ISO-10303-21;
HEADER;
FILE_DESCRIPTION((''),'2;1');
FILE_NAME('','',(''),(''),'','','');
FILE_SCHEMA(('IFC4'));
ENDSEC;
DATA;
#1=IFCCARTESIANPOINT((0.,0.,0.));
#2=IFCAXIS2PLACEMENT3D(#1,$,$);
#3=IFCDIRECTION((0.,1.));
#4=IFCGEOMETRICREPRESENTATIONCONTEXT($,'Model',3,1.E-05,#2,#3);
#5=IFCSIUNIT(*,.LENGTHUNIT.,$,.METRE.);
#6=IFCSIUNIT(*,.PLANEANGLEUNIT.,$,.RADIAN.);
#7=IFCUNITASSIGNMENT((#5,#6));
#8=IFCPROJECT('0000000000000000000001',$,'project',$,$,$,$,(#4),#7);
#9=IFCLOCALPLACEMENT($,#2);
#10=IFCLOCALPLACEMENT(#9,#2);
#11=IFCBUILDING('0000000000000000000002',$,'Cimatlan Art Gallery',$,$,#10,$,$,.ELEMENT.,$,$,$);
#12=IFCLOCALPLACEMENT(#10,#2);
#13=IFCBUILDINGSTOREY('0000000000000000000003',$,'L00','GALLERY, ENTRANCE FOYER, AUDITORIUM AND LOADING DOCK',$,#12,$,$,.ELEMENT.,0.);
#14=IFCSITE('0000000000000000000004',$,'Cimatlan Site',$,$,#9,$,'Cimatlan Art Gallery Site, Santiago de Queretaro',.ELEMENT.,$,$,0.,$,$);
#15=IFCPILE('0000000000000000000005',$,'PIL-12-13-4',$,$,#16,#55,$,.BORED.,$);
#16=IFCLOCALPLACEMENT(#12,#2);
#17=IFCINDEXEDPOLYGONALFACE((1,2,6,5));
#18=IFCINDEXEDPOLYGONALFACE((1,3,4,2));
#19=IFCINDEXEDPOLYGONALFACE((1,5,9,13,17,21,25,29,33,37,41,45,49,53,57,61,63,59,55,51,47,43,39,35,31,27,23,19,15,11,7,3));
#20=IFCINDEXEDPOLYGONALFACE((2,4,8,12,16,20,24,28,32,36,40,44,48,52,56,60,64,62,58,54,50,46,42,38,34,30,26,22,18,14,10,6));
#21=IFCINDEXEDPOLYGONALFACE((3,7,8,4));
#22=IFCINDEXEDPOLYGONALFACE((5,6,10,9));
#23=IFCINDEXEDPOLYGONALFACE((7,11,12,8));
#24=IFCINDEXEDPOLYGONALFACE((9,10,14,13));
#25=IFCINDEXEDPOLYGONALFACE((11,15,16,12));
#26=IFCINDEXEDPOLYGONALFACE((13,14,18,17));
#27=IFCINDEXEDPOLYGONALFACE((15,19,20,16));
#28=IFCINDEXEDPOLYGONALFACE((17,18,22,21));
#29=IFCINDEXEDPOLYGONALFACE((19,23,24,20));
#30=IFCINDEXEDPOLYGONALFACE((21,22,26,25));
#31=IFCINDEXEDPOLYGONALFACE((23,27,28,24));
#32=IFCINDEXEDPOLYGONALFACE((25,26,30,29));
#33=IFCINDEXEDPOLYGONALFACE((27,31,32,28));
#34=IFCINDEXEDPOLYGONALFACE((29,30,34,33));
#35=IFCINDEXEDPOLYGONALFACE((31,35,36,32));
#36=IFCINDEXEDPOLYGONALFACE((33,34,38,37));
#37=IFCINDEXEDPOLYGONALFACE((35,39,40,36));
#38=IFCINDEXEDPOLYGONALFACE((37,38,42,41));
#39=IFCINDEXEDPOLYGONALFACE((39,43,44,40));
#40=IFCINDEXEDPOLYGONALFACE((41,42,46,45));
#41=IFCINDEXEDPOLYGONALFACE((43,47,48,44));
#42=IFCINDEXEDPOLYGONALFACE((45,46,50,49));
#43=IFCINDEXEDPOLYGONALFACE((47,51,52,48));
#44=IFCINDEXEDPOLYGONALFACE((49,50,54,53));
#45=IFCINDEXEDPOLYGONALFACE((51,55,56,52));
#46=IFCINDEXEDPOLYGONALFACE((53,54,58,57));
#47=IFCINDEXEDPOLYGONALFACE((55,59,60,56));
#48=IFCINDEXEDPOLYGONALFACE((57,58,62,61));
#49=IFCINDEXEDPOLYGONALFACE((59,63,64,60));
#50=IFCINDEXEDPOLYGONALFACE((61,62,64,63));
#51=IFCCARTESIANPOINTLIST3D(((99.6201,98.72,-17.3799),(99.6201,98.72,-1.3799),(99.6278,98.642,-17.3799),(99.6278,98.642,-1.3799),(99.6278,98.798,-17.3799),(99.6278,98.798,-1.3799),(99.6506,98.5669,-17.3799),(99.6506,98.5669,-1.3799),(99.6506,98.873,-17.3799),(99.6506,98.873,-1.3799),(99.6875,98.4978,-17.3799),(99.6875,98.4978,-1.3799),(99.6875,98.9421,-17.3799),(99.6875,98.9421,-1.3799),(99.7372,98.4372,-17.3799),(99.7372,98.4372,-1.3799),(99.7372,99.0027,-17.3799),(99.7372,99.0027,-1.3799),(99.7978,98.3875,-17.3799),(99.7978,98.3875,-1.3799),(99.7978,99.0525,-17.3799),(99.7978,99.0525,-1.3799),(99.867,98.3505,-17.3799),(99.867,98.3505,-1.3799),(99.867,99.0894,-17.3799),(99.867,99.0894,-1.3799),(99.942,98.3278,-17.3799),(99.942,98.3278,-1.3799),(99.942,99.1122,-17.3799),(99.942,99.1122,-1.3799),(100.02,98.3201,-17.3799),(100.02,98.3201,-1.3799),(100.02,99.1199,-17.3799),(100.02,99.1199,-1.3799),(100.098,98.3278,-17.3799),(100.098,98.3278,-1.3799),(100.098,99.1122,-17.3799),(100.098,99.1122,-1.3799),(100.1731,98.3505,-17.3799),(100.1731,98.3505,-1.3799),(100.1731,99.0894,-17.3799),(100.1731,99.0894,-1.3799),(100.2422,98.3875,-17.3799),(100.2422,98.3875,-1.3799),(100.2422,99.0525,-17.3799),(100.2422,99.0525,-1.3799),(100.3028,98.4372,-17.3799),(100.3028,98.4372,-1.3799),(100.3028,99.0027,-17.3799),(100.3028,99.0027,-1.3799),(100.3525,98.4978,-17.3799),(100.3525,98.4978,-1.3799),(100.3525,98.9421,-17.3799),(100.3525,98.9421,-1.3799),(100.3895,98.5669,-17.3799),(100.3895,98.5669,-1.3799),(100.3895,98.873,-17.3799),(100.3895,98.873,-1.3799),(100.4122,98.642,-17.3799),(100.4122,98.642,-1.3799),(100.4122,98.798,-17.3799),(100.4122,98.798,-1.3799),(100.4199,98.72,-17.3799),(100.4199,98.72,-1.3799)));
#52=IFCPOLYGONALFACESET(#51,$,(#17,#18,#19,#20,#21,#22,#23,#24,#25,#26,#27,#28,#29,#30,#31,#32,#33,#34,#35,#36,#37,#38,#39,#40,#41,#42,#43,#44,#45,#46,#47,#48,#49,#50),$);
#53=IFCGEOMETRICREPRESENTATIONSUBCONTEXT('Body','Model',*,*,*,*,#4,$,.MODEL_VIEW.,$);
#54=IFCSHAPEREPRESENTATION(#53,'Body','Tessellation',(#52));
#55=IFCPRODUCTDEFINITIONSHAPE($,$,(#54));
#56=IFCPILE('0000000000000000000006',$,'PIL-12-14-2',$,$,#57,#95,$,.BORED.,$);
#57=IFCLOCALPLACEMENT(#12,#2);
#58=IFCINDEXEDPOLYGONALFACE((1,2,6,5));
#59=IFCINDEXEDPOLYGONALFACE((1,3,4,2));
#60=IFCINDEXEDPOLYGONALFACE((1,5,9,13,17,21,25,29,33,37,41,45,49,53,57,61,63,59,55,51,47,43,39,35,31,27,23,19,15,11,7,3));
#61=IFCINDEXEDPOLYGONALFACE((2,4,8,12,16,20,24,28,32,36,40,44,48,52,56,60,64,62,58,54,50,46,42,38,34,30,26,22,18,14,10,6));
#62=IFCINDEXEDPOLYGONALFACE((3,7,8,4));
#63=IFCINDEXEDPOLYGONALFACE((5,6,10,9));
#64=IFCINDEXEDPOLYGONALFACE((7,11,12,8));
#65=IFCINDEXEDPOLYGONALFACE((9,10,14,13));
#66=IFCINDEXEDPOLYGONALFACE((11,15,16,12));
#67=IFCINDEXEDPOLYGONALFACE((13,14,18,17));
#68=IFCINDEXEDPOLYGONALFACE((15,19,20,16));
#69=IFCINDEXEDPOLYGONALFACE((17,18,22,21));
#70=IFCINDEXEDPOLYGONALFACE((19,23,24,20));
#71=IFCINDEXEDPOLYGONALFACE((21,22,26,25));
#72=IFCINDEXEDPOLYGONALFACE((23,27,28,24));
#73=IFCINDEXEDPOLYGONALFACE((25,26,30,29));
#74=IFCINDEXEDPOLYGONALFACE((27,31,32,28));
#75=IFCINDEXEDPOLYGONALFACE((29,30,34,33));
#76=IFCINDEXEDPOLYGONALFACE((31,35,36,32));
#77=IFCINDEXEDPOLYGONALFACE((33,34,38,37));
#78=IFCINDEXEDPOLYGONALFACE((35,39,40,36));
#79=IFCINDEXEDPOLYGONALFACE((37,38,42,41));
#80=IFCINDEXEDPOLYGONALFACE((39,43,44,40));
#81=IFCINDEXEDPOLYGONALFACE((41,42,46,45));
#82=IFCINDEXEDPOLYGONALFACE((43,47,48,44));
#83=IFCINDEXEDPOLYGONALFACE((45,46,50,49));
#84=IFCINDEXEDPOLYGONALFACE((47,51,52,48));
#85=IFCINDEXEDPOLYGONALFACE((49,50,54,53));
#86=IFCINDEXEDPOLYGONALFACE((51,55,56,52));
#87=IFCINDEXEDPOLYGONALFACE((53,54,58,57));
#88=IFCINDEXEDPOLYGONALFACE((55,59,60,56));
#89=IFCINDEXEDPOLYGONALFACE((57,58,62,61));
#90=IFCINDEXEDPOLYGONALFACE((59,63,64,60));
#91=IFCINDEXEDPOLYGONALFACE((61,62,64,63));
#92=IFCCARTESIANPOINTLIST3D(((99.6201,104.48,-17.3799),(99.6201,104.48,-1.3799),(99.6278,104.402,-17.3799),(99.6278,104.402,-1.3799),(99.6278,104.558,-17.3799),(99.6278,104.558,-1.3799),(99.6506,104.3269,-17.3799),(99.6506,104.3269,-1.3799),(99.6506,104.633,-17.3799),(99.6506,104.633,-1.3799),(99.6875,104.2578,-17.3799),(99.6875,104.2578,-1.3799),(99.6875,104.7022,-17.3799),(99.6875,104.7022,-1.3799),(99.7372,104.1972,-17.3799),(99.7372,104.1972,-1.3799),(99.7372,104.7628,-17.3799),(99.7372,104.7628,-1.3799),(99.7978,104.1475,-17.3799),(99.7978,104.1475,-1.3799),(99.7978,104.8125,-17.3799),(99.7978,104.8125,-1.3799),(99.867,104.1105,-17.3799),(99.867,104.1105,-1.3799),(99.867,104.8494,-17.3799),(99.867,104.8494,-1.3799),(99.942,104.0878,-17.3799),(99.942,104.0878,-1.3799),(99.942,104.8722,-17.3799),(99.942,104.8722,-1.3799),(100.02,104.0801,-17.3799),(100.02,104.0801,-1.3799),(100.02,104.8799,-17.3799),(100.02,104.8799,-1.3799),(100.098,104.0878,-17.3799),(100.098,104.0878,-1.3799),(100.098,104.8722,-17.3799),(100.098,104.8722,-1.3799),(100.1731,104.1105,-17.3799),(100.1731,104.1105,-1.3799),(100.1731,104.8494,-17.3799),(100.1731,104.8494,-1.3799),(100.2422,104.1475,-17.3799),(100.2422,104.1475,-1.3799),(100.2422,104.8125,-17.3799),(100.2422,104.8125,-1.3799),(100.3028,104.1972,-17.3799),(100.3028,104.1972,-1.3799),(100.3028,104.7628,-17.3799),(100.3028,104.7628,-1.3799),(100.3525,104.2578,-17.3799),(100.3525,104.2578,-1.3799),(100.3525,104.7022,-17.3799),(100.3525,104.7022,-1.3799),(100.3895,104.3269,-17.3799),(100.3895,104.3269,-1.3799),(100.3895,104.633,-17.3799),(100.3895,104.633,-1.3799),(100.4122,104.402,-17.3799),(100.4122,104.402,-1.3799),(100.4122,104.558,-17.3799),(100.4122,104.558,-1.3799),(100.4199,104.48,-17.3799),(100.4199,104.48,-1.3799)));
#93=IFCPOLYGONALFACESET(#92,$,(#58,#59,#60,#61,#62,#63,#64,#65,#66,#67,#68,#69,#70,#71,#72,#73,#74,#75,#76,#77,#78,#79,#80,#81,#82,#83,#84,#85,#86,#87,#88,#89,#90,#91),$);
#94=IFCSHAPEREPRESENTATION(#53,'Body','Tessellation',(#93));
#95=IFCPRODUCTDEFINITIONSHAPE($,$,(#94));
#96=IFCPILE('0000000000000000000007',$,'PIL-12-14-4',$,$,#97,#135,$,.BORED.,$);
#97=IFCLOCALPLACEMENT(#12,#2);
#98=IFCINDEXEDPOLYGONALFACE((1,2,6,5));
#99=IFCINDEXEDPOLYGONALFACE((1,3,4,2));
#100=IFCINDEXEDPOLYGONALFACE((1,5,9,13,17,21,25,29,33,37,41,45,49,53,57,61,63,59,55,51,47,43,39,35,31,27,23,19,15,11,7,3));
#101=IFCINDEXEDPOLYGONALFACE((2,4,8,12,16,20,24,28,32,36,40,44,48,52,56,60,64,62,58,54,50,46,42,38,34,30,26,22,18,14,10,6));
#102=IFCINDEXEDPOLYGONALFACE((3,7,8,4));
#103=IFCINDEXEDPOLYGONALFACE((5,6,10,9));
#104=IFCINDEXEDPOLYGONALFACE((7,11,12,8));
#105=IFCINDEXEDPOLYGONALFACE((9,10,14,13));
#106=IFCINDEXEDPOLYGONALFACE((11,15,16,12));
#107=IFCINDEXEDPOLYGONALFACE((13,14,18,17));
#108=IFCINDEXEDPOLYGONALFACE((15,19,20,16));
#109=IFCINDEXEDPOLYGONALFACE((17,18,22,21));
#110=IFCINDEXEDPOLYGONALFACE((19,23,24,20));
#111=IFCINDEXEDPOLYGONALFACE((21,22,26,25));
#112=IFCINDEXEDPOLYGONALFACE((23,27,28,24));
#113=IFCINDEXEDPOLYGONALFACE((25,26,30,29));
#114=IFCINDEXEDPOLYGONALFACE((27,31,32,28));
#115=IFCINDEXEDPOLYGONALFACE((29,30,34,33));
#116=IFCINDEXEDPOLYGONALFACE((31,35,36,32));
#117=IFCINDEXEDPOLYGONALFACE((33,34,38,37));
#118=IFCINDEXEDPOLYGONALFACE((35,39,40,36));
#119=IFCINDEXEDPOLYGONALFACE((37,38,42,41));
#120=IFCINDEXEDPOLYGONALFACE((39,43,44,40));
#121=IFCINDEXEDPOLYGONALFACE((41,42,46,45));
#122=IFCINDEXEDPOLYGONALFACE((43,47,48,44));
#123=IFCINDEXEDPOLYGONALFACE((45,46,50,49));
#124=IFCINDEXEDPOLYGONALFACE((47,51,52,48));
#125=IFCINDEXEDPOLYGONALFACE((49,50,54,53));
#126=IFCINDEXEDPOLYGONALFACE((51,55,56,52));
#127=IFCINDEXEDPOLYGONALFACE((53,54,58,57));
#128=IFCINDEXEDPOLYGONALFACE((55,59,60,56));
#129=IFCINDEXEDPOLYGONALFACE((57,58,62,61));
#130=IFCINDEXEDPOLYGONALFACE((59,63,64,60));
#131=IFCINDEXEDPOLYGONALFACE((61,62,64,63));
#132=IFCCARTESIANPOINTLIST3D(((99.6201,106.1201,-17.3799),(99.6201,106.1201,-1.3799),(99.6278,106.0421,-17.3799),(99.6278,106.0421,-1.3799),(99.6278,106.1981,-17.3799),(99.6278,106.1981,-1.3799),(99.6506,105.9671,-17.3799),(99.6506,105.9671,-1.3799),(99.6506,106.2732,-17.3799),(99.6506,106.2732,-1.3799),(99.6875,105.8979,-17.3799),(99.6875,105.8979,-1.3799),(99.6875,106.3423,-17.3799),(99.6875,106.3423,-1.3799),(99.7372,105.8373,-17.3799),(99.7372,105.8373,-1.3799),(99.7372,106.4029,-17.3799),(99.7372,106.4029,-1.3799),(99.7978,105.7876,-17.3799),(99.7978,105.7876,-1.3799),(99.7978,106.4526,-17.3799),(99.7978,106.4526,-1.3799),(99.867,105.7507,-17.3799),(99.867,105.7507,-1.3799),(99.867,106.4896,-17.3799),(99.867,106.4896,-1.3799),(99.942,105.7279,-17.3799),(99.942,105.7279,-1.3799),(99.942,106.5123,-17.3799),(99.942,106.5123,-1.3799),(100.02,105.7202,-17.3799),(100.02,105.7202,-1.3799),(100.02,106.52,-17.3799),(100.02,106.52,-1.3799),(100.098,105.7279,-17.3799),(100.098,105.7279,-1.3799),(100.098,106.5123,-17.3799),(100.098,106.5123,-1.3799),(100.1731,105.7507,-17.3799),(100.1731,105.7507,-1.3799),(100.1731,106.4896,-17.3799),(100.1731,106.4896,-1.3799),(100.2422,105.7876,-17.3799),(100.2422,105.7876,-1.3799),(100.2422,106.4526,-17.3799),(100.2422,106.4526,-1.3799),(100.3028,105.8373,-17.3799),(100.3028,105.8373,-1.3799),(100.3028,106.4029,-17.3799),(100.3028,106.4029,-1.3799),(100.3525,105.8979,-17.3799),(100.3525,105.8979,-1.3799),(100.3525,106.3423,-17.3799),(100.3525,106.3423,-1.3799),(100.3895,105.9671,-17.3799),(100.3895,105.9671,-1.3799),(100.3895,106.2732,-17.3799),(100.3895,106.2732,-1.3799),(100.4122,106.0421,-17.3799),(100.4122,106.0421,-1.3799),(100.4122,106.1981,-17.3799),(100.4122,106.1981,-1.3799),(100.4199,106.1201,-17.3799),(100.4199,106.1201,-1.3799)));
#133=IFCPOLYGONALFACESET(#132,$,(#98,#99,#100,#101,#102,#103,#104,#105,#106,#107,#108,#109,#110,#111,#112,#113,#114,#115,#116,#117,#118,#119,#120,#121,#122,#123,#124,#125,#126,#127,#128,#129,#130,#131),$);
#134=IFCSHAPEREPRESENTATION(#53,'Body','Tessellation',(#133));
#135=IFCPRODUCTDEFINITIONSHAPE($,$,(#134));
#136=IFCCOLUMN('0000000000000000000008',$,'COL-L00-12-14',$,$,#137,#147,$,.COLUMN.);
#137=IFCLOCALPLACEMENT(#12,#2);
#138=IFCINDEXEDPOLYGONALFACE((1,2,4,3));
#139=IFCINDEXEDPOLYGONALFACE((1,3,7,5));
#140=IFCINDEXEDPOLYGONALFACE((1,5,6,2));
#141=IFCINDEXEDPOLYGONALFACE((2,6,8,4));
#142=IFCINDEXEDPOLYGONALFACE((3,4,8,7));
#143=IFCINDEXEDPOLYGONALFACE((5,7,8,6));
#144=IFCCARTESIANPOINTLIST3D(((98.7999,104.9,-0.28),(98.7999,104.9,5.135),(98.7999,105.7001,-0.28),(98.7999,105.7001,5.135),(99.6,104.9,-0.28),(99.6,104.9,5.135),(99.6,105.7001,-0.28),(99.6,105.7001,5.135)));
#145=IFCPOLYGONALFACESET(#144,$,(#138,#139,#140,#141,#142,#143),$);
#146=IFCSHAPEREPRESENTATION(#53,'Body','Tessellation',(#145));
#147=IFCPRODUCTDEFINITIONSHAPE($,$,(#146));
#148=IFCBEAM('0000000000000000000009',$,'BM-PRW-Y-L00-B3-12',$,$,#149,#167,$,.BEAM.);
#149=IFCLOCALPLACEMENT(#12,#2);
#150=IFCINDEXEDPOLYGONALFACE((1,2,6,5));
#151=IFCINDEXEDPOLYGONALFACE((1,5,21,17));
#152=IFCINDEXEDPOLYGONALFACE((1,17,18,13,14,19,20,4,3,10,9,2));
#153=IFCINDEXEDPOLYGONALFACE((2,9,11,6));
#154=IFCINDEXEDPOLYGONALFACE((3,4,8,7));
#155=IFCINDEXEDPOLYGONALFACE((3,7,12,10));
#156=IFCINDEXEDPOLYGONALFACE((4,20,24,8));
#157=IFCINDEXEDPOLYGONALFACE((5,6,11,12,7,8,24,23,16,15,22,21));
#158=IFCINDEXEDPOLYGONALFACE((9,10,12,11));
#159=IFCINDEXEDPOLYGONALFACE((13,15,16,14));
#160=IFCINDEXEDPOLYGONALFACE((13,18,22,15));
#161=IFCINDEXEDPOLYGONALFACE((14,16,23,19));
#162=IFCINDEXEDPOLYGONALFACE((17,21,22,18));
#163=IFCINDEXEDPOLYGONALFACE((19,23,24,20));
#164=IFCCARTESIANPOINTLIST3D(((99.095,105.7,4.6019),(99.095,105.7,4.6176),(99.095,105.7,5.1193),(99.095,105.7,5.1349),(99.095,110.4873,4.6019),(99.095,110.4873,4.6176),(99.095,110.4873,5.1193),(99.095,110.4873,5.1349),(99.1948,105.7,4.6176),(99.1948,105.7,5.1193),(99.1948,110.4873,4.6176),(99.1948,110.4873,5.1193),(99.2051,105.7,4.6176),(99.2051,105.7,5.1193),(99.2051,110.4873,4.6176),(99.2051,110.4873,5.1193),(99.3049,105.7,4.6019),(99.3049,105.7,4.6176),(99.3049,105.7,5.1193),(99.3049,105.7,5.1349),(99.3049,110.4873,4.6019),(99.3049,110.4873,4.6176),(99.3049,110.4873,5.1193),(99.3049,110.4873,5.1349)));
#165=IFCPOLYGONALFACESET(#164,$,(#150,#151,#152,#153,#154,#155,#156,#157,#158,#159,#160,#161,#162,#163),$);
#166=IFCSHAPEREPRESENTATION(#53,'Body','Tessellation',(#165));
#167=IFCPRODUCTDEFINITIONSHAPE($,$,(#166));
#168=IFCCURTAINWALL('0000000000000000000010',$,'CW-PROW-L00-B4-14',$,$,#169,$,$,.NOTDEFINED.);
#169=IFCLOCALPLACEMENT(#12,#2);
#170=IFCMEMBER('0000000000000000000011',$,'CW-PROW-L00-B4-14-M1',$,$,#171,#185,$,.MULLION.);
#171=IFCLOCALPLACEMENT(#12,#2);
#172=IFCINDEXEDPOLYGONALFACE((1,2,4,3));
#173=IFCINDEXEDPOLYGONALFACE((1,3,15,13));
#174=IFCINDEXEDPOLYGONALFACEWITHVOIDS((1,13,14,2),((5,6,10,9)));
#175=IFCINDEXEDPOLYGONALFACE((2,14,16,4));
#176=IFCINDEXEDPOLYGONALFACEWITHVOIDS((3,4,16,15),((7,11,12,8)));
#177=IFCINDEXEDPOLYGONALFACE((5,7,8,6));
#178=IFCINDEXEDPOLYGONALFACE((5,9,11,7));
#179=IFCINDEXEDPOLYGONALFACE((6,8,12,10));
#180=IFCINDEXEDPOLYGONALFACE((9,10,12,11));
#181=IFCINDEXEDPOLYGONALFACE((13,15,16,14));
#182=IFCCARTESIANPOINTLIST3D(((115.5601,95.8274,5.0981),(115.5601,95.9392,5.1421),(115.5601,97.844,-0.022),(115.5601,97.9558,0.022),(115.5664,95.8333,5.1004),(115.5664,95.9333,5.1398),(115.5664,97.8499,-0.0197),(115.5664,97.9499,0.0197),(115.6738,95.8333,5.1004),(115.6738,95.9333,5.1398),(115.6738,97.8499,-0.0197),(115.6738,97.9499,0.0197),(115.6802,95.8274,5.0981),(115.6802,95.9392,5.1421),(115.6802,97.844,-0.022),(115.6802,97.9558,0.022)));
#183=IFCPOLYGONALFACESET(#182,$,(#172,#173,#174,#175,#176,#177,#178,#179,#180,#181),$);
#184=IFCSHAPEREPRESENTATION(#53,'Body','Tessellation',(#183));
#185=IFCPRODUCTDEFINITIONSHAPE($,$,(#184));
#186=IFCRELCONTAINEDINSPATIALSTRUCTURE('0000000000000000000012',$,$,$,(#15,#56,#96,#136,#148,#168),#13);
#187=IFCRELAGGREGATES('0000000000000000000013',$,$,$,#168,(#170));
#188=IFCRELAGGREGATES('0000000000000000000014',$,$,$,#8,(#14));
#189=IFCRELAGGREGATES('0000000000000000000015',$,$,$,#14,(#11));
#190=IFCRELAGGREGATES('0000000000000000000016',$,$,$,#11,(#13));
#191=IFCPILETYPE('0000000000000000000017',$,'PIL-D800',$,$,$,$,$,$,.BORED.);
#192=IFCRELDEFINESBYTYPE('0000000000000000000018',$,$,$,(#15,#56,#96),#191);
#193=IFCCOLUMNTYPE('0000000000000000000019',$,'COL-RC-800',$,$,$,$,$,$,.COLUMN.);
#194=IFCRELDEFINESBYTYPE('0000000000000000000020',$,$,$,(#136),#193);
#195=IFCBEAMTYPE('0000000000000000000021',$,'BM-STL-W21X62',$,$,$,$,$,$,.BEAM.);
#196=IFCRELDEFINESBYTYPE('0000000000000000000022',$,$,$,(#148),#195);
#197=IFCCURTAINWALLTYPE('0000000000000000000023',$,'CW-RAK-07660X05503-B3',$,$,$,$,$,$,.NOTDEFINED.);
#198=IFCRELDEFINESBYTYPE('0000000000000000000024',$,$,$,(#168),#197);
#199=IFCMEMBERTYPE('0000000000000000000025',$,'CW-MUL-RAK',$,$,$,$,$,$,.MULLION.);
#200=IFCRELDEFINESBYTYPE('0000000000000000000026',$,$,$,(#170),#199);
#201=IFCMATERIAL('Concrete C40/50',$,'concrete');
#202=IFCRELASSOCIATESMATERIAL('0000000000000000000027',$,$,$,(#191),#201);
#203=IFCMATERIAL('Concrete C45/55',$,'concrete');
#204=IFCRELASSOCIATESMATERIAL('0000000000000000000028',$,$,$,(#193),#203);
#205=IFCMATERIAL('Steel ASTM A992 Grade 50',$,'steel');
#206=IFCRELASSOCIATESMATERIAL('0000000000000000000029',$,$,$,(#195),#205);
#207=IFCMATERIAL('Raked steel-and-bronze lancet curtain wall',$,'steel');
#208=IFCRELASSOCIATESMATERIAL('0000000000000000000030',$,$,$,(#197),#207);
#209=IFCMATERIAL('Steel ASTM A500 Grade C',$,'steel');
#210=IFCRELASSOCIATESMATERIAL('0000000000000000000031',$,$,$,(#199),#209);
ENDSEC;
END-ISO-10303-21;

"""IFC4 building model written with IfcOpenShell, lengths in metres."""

from ifc_helpers import new_model, si_unit, direction, frame, origin, origin_2d, place, context, subcontext, project, spatial, rectangle, hollow_rectangle, circle, i_section, extrude, material, material_profile, profile_set, type_object, element, aggregate, save


model = new_model("IFC4")

# Units and contexts
model_context = context("Model", 3, precision=1e-05, world=origin(), true_north=direction((0.0, 1.0)))
body_context = subcontext(model_context, "Body", "Model", "MODEL_VIEW")
ifc_project = project(units=[si_unit("LENGTHUNIT", "METRE"), si_unit("PLANEANGLEUNIT", "RADIAN")], contexts=[model_context])

# Site, building, storey
site_placement = place(None, origin())
site = spatial("IfcSite", under=ifc_project, at=site_placement, Name="Cimatlan Site", LongName="Cimatlan Art Gallery Site, Santiago de Queretaro", CompositionType="ELEMENT", RefElevation=0.0)
building_placement = place(site_placement, origin())
building = spatial("IfcBuilding", under=site, at=building_placement, Name="Cimatlan Art Gallery", CompositionType="ELEMENT")
storey_placement = place(building_placement, origin())
storey = spatial("IfcBuildingStorey", under=building, at=storey_placement, Name="L00", Description="GALLERY, ENTRANCE FOYER, AUDITORIUM AND LOADING DOCK", CompositionType="ELEMENT", Elevation=0.0)

# Shared definitions
ifc_material_1 = material(Name="Concrete C40/50", Category="concrete")

# Piles
pile_type_1 = type_object("IfcPileType", Name="PIL-D800", PredefinedType="BORED", material=ifc_material_1)
for number, where, z_axis, x_axis, name in (
    (1, (100.02, 98.72, -1.3799), (0.0, 0.0, -1.0), (1.0, 0.0, 0.0), "PIL-12-13-4"),
    (2, (100.02, 104.48, -1.3799), (0.0, 0.0, -1.0), (1.0, 0.0, 0.0), "PIL-12-14-2"),
    (3, (100.02, 106.1201, -1.3799), (0.0, 0.0, -1.0), (1.0, 0.0, 0.0), "PIL-12-14-4"),
):
    element("IfcPile", number, at=place(storey_placement, frame(where, z_axis=z_axis, x_axis=x_axis)), inside=storey, type_object=pile_type_1, Name=name, PredefinedType="BORED", context=body_context, shape_type="SweptSolid", body=[
        extrude(circle(Radius=0.3999, at=origin_2d()), origin(), (0.0, 0.0, 1.0), 16.0),
    ])

# Column
ifc_material_2 = material(Name="Concrete C45/55", Category="concrete")
ifc_material_profile_1 = material_profile(ifc_material_2, rectangle(XDim=0.8, YDim=0.8, at=origin_2d()), Name="RC800X800")
ifc_profile_set_1 = profile_set([ifc_material_profile_1], Name="Concrete C45/55")
column_type = type_object("IfcColumnType", Name="COL-RC-800", PredefinedType="COLUMN", material=ifc_profile_set_1)
column_placement = place(storey_placement, frame((99.2, 105.3, -0.28), z_axis=(0.0, 0.0, 1.0), x_axis=(1.0, 0.0, 0.0)))
element("IfcColumn", 4, at=column_placement, inside=storey, type_object=column_type, Name="COL-L00-12-14", PredefinedType="COLUMN", context=body_context, shape_type="SweptSolid", body=[
    extrude(rectangle(XDim=0.8, YDim=0.8, at=origin_2d()), origin(), (0.0, 0.0, 1.0), 5.415),
])

# Beam
ifc_material_3 = material(Name="Steel ASTM A992 Grade 50", Category="steel")
ifc_material_profile_2 = material_profile(ifc_material_3, i_section(OverallWidth=0.21, OverallDepth=0.533, WebThickness=0.0103, FlangeThickness=0.0156, at=origin_2d()), Name="W21X62")
ifc_profile_set_2 = profile_set([ifc_material_profile_2], Name="Steel ASTM A992 Grade 50")
beam_type = type_object("IfcBeamType", Name="BM-STL-W21X62", PredefinedType="BEAM", material=ifc_profile_set_2)
beam_placement = place(storey_placement, frame((99.2, 105.7, 4.8684), z_axis=(0.0, 1.0, 0.0), x_axis=(-1.0, 0.0, 0.0)))
element("IfcBeam", 5, at=beam_placement, inside=storey, type_object=beam_type, Name="BM-PRW-Y-L00-B3-12", PredefinedType="BEAM", context=body_context, shape_type="SweptSolid", body=[
    extrude(i_section(OverallWidth=0.21, OverallDepth=0.533, WebThickness=0.0103, FlangeThickness=0.0156, at=origin_2d()), origin(), (0.0, 0.0, 1.0), 4.7874),
])

# Curtain wall, member
ifc_material_4 = material(Name="Raked steel-and-bronze lancet curtain wall", Category="steel")
curtain_wall_type_1 = type_object("IfcCurtainWallType", Name="CW-RAK-07660X05503-B3", PredefinedType="NOTDEFINED", material=ifc_material_4)
curtain_wall_1_placement = place(storey_placement, origin())
curtain_wall_1 = element("IfcCurtainWall", 6, at=curtain_wall_1_placement, inside=storey, type_object=curtain_wall_type_1, Name="CW-PROW-L00-B4-14", PredefinedType="NOTDEFINED")
ifc_material_5 = material(Name="Steel ASTM A500 Grade C", Category="steel")
ifc_material_profile_3 = material_profile(ifc_material_5, hollow_rectangle(XDim=0.1201, YDim=0.1201, WallThickness=0.0063, at=origin_2d()), Name="HSS120X120X6")
ifc_profile_set_3 = profile_set([ifc_material_profile_3], Name="Steel ASTM A500 Grade C")
member_type_1 = type_object("IfcMemberType", Name="CW-MUL-RAK", PredefinedType="MULLION", material=ifc_profile_set_3)
member_1_placement = place(storey_placement, frame((115.6201, 97.8999, 0.0), z_axis=(0.0, -0.366459, 0.930434), x_axis=(1.0, 0.0, 0.0)))
member_1 = element("IfcMember", 7, at=member_1_placement, type_object=member_type_1, Name="CW-PROW-L00-B4-14-M1", PredefinedType="MULLION", context=body_context, shape_type="SweptSolid", body=[
    extrude(hollow_rectangle(XDim=0.1201, YDim=0.1201, WallThickness=0.0063, at=origin_2d()), origin(), (0.0, 0.0, 1.0), 5.5029),
])

aggregate(curtain_wall_1, [member_1])

save(model, "model.ifc")
